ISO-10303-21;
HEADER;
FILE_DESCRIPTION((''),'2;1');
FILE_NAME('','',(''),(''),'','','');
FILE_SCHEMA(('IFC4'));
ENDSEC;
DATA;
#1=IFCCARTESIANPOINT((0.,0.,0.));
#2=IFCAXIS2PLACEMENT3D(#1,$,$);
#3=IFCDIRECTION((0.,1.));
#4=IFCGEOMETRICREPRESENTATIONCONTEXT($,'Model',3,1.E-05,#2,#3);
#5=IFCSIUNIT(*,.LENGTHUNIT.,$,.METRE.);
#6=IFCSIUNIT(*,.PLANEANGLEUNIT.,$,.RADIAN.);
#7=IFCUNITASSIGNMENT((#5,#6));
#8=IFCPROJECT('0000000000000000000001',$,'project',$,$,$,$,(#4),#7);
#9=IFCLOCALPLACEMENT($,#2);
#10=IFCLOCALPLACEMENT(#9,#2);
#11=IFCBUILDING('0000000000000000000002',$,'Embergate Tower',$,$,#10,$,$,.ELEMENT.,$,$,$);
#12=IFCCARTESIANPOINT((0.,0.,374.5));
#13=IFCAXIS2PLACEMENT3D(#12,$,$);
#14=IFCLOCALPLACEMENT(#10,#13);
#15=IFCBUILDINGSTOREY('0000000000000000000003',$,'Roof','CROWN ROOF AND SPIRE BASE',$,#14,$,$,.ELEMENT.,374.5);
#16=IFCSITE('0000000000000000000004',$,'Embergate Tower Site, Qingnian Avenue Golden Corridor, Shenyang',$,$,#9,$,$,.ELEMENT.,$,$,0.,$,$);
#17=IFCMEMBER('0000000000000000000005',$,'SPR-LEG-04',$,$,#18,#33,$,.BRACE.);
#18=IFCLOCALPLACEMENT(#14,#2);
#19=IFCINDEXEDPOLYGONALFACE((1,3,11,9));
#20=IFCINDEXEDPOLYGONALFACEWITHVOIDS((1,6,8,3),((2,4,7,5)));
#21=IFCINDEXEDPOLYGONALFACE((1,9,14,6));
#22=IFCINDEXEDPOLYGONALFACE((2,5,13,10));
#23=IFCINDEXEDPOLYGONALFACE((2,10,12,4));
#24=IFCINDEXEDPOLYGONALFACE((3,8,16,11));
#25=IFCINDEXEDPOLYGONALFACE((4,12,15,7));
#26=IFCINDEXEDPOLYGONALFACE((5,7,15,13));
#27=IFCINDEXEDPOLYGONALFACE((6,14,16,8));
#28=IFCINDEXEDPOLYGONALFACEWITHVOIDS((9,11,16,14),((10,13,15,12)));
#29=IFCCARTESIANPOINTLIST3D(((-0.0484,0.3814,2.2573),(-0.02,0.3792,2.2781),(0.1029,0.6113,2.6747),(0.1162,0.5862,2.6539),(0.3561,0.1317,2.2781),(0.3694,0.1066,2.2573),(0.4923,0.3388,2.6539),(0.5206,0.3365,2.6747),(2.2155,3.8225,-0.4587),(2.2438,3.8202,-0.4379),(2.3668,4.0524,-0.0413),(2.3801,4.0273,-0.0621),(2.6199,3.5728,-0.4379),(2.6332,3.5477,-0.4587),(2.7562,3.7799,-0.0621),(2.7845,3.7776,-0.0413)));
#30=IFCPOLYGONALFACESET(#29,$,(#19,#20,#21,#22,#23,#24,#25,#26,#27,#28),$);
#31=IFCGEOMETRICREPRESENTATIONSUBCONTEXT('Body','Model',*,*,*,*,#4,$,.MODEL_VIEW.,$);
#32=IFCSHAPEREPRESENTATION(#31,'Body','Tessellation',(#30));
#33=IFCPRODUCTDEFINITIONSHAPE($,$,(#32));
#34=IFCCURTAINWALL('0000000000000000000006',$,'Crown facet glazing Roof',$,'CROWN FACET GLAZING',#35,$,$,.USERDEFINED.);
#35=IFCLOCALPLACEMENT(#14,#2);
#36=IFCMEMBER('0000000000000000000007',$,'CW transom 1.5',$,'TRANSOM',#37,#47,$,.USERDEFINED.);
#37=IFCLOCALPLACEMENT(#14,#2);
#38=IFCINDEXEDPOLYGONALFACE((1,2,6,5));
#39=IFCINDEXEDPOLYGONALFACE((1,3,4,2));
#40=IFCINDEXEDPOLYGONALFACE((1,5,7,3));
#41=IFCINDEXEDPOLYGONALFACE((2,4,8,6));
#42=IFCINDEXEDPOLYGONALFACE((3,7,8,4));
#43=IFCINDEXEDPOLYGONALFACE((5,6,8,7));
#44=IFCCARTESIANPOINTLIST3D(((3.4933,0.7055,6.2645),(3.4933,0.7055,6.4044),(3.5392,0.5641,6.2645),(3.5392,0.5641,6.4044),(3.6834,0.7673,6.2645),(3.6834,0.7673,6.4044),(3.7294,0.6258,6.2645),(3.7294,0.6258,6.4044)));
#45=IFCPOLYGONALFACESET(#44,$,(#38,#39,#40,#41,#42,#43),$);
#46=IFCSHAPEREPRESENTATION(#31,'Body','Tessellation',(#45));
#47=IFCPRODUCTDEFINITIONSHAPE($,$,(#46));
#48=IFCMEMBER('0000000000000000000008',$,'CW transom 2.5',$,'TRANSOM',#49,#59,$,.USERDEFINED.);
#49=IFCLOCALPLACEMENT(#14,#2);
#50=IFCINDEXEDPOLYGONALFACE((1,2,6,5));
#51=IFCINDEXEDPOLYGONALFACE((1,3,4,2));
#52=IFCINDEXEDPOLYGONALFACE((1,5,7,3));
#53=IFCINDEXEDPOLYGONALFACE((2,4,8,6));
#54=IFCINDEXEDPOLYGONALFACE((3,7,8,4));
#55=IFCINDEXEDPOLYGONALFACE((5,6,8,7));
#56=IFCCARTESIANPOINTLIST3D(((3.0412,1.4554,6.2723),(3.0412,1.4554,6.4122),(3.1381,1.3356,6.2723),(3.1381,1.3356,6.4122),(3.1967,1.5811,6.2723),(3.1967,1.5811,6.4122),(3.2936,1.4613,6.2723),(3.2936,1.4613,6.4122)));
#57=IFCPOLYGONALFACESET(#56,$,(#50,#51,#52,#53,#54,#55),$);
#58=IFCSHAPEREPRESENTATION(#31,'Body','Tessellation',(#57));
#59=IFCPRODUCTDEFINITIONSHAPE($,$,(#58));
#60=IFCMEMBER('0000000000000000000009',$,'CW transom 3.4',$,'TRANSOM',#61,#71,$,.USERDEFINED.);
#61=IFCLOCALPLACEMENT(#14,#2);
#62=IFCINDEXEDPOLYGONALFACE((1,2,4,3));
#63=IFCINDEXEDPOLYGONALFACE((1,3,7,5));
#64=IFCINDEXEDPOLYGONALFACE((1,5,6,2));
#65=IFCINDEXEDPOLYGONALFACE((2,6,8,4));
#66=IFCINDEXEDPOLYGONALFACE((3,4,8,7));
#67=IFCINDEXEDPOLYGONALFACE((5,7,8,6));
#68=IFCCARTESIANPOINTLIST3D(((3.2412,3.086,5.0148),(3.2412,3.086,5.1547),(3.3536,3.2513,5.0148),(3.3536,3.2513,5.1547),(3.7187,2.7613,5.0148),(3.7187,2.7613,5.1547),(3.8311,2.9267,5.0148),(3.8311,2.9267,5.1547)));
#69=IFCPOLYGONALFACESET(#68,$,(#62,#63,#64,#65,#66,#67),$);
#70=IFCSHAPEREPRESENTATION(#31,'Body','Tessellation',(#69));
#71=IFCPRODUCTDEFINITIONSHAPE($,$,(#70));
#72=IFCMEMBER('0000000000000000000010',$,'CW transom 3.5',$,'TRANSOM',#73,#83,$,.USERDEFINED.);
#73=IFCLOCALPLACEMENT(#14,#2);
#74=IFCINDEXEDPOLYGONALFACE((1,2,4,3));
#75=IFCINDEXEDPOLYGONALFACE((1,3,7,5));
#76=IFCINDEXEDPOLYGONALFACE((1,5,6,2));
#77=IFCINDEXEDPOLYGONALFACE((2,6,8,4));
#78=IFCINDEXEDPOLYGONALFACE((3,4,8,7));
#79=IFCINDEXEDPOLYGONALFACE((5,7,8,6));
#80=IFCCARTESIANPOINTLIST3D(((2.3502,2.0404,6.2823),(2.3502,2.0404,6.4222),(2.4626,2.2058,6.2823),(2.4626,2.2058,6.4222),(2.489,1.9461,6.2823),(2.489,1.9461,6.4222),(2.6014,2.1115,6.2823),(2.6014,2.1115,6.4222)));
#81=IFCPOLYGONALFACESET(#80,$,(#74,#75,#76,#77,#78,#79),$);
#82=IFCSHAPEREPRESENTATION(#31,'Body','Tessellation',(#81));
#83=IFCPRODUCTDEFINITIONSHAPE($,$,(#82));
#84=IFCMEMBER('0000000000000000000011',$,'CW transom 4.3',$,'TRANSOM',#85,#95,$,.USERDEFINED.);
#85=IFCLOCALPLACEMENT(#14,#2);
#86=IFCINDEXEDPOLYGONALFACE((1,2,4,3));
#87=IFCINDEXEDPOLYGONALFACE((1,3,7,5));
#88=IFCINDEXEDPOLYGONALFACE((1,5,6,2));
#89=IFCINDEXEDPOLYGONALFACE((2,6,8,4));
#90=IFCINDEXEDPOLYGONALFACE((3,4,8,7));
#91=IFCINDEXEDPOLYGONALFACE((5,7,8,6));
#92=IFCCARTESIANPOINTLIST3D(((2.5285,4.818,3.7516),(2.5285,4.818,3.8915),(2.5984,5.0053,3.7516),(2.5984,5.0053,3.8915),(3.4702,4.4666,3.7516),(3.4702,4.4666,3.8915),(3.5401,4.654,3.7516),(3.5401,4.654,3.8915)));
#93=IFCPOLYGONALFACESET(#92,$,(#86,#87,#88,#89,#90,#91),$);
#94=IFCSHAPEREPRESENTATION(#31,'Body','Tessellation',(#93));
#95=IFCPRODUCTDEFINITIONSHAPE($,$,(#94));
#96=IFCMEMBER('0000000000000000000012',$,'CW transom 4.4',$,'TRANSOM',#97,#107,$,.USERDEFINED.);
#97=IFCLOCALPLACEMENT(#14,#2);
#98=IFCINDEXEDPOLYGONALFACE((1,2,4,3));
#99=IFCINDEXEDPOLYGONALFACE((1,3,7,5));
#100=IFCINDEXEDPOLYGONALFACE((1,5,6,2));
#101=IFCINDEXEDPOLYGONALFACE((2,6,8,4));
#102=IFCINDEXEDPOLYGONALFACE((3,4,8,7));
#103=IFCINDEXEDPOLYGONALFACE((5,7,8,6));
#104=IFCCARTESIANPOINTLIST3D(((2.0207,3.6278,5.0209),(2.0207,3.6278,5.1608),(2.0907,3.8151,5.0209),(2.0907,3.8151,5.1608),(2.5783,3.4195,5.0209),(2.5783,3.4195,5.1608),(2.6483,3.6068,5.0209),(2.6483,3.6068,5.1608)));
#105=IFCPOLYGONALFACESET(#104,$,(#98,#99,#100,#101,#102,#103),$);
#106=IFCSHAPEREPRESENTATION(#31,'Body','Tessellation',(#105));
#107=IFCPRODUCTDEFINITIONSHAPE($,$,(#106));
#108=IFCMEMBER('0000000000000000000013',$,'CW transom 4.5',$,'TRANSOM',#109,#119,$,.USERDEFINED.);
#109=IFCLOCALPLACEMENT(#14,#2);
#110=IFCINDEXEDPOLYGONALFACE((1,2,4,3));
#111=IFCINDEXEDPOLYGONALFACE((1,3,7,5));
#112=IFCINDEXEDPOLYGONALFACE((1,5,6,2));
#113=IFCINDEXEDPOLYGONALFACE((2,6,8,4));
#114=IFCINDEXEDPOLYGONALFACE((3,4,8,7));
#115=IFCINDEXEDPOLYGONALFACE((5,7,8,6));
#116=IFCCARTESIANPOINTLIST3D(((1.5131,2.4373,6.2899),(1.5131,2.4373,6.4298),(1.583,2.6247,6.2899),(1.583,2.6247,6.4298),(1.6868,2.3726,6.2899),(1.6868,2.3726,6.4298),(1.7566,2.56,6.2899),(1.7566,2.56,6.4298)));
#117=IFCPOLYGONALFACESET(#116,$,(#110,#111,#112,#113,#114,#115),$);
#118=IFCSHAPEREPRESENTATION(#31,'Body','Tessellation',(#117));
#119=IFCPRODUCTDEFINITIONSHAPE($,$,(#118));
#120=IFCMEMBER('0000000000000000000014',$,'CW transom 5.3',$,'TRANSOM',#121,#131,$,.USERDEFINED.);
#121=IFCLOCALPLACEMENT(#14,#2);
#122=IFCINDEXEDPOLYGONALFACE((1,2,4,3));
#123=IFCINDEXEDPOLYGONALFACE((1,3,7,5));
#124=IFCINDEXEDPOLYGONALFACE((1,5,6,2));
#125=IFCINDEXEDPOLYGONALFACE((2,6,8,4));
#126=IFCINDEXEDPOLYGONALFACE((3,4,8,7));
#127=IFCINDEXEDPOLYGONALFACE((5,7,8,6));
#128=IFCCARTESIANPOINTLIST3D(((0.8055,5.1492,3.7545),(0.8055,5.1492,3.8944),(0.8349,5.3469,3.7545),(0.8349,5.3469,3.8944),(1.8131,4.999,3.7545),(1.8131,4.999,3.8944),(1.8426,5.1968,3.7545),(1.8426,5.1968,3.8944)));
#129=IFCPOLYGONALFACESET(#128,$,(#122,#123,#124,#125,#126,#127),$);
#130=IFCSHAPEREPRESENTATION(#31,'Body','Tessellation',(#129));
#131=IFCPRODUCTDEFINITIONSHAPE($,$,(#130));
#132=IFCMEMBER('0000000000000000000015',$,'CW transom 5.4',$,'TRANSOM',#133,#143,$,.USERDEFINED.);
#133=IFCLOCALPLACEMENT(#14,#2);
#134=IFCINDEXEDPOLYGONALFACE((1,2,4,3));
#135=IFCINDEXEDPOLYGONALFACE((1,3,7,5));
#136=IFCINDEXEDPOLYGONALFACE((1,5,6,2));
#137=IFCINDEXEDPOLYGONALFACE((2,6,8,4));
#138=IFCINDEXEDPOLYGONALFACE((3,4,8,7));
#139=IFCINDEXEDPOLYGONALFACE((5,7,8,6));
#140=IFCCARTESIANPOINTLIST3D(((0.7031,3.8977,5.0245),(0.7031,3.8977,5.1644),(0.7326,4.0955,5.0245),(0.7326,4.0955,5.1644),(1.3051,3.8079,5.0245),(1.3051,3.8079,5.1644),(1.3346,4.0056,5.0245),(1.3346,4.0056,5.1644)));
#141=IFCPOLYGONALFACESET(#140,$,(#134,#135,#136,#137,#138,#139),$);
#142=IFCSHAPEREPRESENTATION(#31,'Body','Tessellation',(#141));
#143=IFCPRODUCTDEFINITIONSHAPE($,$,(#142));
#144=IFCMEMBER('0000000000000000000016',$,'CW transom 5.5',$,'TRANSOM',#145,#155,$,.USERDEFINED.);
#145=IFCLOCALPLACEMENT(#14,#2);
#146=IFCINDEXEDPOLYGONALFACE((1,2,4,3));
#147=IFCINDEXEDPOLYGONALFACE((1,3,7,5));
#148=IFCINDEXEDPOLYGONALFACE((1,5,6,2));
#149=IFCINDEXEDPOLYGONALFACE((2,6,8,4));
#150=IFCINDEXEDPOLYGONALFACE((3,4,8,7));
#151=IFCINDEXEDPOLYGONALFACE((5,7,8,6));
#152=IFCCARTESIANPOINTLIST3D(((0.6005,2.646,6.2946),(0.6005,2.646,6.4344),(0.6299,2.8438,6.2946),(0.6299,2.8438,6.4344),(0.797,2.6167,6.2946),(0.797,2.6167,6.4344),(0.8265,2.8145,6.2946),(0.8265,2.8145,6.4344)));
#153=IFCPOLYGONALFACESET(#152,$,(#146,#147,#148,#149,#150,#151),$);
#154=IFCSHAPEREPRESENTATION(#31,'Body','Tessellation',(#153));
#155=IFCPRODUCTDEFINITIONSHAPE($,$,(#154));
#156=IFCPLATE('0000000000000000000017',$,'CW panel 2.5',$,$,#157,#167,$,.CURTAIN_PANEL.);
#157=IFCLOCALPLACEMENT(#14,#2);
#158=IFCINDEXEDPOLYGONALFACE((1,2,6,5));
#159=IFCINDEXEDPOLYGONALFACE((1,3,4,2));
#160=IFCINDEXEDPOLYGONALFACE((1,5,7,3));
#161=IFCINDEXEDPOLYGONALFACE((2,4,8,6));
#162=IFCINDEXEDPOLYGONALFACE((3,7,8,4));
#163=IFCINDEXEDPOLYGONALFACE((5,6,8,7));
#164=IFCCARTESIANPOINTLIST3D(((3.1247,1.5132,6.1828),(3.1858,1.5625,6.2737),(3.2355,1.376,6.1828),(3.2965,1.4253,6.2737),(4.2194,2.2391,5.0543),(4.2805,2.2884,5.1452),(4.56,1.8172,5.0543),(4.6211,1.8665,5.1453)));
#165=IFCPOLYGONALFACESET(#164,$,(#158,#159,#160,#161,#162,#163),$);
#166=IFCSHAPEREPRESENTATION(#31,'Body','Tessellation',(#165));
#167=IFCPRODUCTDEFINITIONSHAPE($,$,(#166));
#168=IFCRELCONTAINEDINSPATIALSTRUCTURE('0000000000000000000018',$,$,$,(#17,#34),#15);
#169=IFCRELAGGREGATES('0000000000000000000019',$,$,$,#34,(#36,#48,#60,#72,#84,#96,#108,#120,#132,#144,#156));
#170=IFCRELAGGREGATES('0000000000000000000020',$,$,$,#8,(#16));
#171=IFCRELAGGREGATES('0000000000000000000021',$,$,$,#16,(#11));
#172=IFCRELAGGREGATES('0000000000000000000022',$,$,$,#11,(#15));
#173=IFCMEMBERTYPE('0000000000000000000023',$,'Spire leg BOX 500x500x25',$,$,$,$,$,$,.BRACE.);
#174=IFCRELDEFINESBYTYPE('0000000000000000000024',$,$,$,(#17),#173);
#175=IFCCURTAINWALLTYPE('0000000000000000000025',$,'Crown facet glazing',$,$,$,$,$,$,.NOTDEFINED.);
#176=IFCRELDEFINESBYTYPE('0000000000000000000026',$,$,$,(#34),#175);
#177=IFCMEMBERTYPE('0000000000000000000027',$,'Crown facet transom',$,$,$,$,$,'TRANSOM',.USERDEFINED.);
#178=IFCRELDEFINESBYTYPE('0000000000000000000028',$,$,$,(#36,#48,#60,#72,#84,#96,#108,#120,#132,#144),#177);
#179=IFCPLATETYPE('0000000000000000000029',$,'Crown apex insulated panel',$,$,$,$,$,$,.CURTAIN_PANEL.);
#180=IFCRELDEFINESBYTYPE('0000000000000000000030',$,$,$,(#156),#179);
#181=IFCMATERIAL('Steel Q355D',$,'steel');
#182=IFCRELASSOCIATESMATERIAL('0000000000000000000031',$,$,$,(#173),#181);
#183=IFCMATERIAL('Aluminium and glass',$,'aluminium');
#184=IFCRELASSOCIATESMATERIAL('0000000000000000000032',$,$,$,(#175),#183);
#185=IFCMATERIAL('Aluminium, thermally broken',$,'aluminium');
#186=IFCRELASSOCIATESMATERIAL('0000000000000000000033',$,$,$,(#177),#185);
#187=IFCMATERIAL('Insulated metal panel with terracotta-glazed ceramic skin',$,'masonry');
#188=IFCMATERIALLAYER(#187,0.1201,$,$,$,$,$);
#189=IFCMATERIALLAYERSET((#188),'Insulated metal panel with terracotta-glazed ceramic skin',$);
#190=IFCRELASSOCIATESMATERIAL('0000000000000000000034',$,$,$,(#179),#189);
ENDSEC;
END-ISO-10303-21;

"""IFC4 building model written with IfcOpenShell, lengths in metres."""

from ifc_helpers import new_model, si_unit, direction, frame, origin, origin_2d, place, context, subcontext, project, spatial, polyline, rectangle, hollow_rectangle, outline, extrude, source, transform, mapped, material, layer, layer_set, material_profile, profile_set, type_object, element, aggregate, save


model = new_model("IFC4")

# Units and contexts
model_context = context("Model", 3, precision=1e-05, world=origin(), true_north=direction((0.0, 1.0)))
body_context = subcontext(model_context, "Body", "Model", "MODEL_VIEW")
ifc_project = project(units=[si_unit("LENGTHUNIT", "METRE"), si_unit("PLANEANGLEUNIT", "RADIAN")], contexts=[model_context])

# Site, building, storey
site_placement = place(None, origin())
site = spatial("IfcSite", under=ifc_project, at=site_placement, Name="Embergate Tower Site, Qingnian Avenue Golden Corridor, Shenyang", CompositionType="ELEMENT", RefElevation=0.0)
building_placement = place(site_placement, origin())
building = spatial("IfcBuilding", under=site, at=building_placement, Name="Embergate Tower", CompositionType="ELEMENT")
storey_placement = place(building_placement, frame((0.0, 0.0, 374.5)))
storey = spatial("IfcBuildingStorey", under=building, at=storey_placement, Name="Roof", Description="CROWN ROOF AND SPIRE BASE", CompositionType="ELEMENT", Elevation=374.5)

# Member
ifc_material_1 = material(Name="Steel Q355D", Category="steel")
ifc_material_profile_1 = material_profile(ifc_material_1, hollow_rectangle(XDim=0.5, YDim=0.5, WallThickness=0.0249, at=origin_2d()), Name="BOX 500x500x25")
ifc_profile_set_1 = profile_set([ifc_material_profile_1], Name="Steel Q355 grade D")
member_type_1 = type_object("IfcMemberType", Name="Spire leg BOX 500x500x25", PredefinedType="BRACE", material=ifc_profile_set_1)
shared_shape_1 = source(origin(), body_context, "Body", "SweptSolid", [
    extrude(hollow_rectangle(XDim=0.5, YDim=0.5, WallThickness=0.0249, at=origin_2d()), origin(), (0.0, 0.0, 1.0), 4.9338),
])
member_1_placement = place(storey_placement, frame((2.5, 3.8, -0.25), z_axis=(-0.458844, -0.697445, 0.550484), x_axis=(0.835418, -0.549615, 0.0)))
element("IfcMember", 1, at=member_1_placement, inside=storey, type_object=member_type_1, Name="SPR-LEG-04", PredefinedType="BRACE", context=body_context, shape_type="MappedRepresentation", body=[
    mapped(shared_shape_1, transform((0.0, 0.0, 0.0))),
])

# Curtain wall, members, plate
ifc_material_2 = material(Name="Aluminium and glass", Category="aluminium")
curtain_wall_type = type_object("IfcCurtainWallType", Name="Crown facet glazing", PredefinedType="NOTDEFINED", material=ifc_material_2)
curtain_wall_placement = place(storey_placement, origin())
curtain_wall = element("IfcCurtainWall", 2, at=curtain_wall_placement, inside=storey, type_object=curtain_wall_type, Name="Crown facet glazing Roof", ObjectType="CROWN FACET GLAZING", PredefinedType="USERDEFINED")
ifc_material_3 = material(Name="Aluminium, thermally broken", Category="aluminium")
ifc_material_profile_2 = material_profile(ifc_material_3, rectangle(XDim=0.2, YDim=0.1399, at=origin_2d()), Name="AL 140x200")
ifc_profile_set_2 = profile_set([ifc_material_profile_2], Name="Aluminium, thermally broken")
member_type_2 = type_object("IfcMemberType", Name="Crown facet transom", ElementType="TRANSOM", PredefinedType="USERDEFINED", material=ifc_profile_set_2)
shared_shape_2 = source(origin(), body_context, "Body", "SweptSolid", [
    extrude(rectangle(XDim=0.2, YDim=0.1399, at=origin_2d()), origin(), (0.0, 0.0, 1.0), 0.1487),
])
member_2_placement = place(storey_placement, frame((3.6343, 0.595, 6.3345), z_axis=(-0.308826, 0.951119, 0.0), x_axis=(-0.951119, -0.308826, 0.0)))
member_2 = element("IfcMember", 3, at=member_2_placement, type_object=member_type_2, Name="CW transom 1.5", ObjectType="TRANSOM", PredefinedType="USERDEFINED", context=body_context, shape_type="MappedRepresentation", body=[
    mapped(shared_shape_2, transform((0.0, 0.0, 0.0))),
])
shared_shape_3 = source(origin(), body_context, "Body", "SweptSolid", [
    extrude(rectangle(XDim=0.2, YDim=0.1399, at=origin_2d()), origin(), (0.0, 0.0, 1.0), 0.1541),
])
member_3_placement = place(storey_placement, frame((3.2158, 1.3984, 6.3423), z_axis=(-0.628743, 0.777614, 0.0), x_axis=(-0.777614, -0.628743, 0.0)))
member_3 = element("IfcMember", 4, at=member_3_placement, type_object=member_type_2, Name="CW transom 2.5", ObjectType="TRANSOM", PredefinedType="USERDEFINED", context=body_context, shape_type="MappedRepresentation", body=[
    mapped(shared_shape_3, transform((0.0, 0.0, 0.0))),
])
shared_shape_4 = source(origin(), body_context, "Body", "SweptSolid", [
    extrude(rectangle(XDim=0.2, YDim=0.1399, at=origin_2d()), origin(), (0.0, 0.0, 1.0), 0.5774),
])
member_4_placement = place(storey_placement, frame((3.7749, 2.844, 5.0847), z_axis=(-0.826942, 0.562287, 0.0), x_axis=(-0.562287, -0.826942, 0.0)))
member_4 = element("IfcMember", 5, at=member_4_placement, type_object=member_type_2, Name="CW transom 3.4", ObjectType="TRANSOM", PredefinedType="USERDEFINED", context=body_context, shape_type="MappedRepresentation", body=[
    mapped(shared_shape_4, transform((0.0, 0.0, 0.0))),
])
shared_shape_5 = source(origin(), body_context, "Body", "SweptSolid", [
    extrude(rectangle(XDim=0.2, YDim=0.1399, at=origin_2d()), origin(), (0.0, 0.0, 1.0), 0.1677),
])
member_5_placement = place(storey_placement, frame((2.5452, 2.0288, 6.3523), z_axis=(-0.827089, 0.562071, 0.0), x_axis=(-0.562071, -0.827089, 0.0)))
member_5 = element("IfcMember", 6, at=member_5_placement, type_object=member_type_2, Name="CW transom 3.5", ObjectType="TRANSOM", PredefinedType="USERDEFINED", context=body_context, shape_type="MappedRepresentation", body=[
    mapped(shared_shape_5, transform((0.0, 0.0, 0.0))),
])
shared_shape_6 = source(origin(), body_context, "Body", "SweptSolid", [
    extrude(rectangle(XDim=0.2, YDim=0.1399, at=origin_2d()), origin(), (0.0, 0.0, 1.0), 1.0051),
])
member_6_placement = place(storey_placement, frame((3.5051, 4.5603, 3.8215), z_axis=(-0.936917, 0.349552, 0.0), x_axis=(-0.349552, -0.936917, 0.0)))
member_6 = element("IfcMember", 7, at=member_6_placement, type_object=member_type_2, Name="CW transom 4.3", ObjectType="TRANSOM", PredefinedType="USERDEFINED", context=body_context, shape_type="MappedRepresentation", body=[
    mapped(shared_shape_6, transform((0.0, 0.0, 0.0))),
])
shared_shape_7 = source(origin(), body_context, "Body", "SweptSolid", [
    extrude(rectangle(XDim=0.2, YDim=0.1399, at=origin_2d()), origin(), (0.0, 0.0, 1.0), 0.5952),
])
member_7_placement = place(storey_placement, frame((2.6133, 3.5132, 5.0908), z_axis=(-0.9368, 0.349865, 0.0), x_axis=(-0.349865, -0.9368, 0.0)))
member_7 = element("IfcMember", 8, at=member_7_placement, type_object=member_type_2, Name="CW transom 4.4", ObjectType="TRANSOM", PredefinedType="USERDEFINED", context=body_context, shape_type="MappedRepresentation", body=[
    mapped(shared_shape_7, transform((0.0, 0.0, 0.0))),
])
shared_shape_8 = source(origin(), body_context, "Body", "SweptSolid", [
    extrude(rectangle(XDim=0.2, YDim=0.1399, at=origin_2d()), origin(), (0.0, 0.0, 1.0), 0.1853),
])
member_8_placement = place(storey_placement, frame((1.7217, 2.4663, 6.3599), z_axis=(-0.937031, 0.349245, 0.0), x_axis=(-0.349245, -0.937031, 0.0)))
member_8 = element("IfcMember", 9, at=member_8_placement, type_object=member_type_2, Name="CW transom 4.5", ObjectType="TRANSOM", PredefinedType="USERDEFINED", context=body_context, shape_type="MappedRepresentation", body=[
    mapped(shared_shape_8, transform((0.0, 0.0, 0.0))),
])
shared_shape_9 = source(origin(), body_context, "Body", "SweptSolid", [
    extrude(rectangle(XDim=0.2, YDim=0.1399, at=origin_2d()), origin(), (0.0, 0.0, 1.0), 1.0188),
])
member_9_placement = place(storey_placement, frame((1.8279, 5.0979, 3.8245), z_axis=(-0.989078, 0.147391, 0.0), x_axis=(-0.147391, -0.989078, 0.0)))
member_9 = element("IfcMember", 10, at=member_9_placement, type_object=member_type_2, Name="CW transom 5.3", ObjectType="TRANSOM", PredefinedType="USERDEFINED", context=body_context, shape_type="MappedRepresentation", body=[
    mapped(shared_shape_9, transform((0.0, 0.0, 0.0))),
])
shared_shape_10 = source(origin(), body_context, "Body", "SweptSolid", [
    extrude(rectangle(XDim=0.2, YDim=0.1399, at=origin_2d()), origin(), (0.0, 0.0, 1.0), 0.6086),
])
member_10_placement = place(storey_placement, frame((1.3198, 3.9067, 5.0945), z_axis=(-0.989048, 0.147595, 0.0), x_axis=(-0.147595, -0.989048, 0.0)))
member_10 = element("IfcMember", 11, at=member_10_placement, type_object=member_type_2, Name="CW transom 5.4", ObjectType="TRANSOM", PredefinedType="USERDEFINED", context=body_context, shape_type="MappedRepresentation", body=[
    mapped(shared_shape_10, transform((0.0, 0.0, 0.0))),
])
shared_shape_11 = source(origin(), body_context, "Body", "SweptSolid", [
    extrude(rectangle(XDim=0.2, YDim=0.1399, at=origin_2d()), origin(), (0.0, 0.0, 1.0), 0.1987),
])
member_11_placement = place(storey_placement, frame((0.8118, 2.7156, 6.3645), z_axis=(-0.989071, 0.147439, 0.0), x_axis=(-0.147439, -0.989071, 0.0)))
member_11 = element("IfcMember", 12, at=member_11_placement, type_object=member_type_2, Name="CW transom 5.5", ObjectType="TRANSOM", PredefinedType="USERDEFINED", context=body_context, shape_type="MappedRepresentation", body=[
    mapped(shared_shape_11, transform((0.0, 0.0, 0.0))),
])
ifc_material_4 = material(Name="Insulated metal panel with terracotta-glazed ceramic skin", Category="masonry")
ifc_layer = layer(ifc_material_4, 0.1201)
ifc_layer_set = layer_set([ifc_layer], Name="Insulated metal panel with terracotta-glazed ceramic skin")
plate_type = type_object("IfcPlateType", Name="Crown apex insulated panel", PredefinedType="CURTAIN_PANEL", material=ifc_layer_set)
shared_shape_12 = source(origin(), body_context, "Body", "SweptSolid", [
    extrude(outline(polyline([(0.0, 0.0), (0.5422, 0.0), (0.665, 1.7273), (0.4888, 1.7273), (0.0, 0.0)])), origin(), (0.0, 0.0, -1.0), 0.1201),
])
plate_1_placement = place(storey_placement, frame((4.6211, 1.8665, 5.1453), z_axis=(0.508302, 0.410415, 0.757092), x_axis=(-0.628175, 0.778072, -0.000039)))
plate_1 = element("IfcPlate", 13, at=plate_1_placement, type_object=plate_type, Name="CW panel 2.5", PredefinedType="CURTAIN_PANEL", context=body_context, shape_type="MappedRepresentation", body=[
    mapped(shared_shape_12, transform((0.0, 0.0, 0.0))),
])
aggregate(curtain_wall, [member_2, member_3, member_4, member_5, member_6, member_7, member_8, member_9, member_10, member_11, plate_1])

save(model, "model.ifc")
